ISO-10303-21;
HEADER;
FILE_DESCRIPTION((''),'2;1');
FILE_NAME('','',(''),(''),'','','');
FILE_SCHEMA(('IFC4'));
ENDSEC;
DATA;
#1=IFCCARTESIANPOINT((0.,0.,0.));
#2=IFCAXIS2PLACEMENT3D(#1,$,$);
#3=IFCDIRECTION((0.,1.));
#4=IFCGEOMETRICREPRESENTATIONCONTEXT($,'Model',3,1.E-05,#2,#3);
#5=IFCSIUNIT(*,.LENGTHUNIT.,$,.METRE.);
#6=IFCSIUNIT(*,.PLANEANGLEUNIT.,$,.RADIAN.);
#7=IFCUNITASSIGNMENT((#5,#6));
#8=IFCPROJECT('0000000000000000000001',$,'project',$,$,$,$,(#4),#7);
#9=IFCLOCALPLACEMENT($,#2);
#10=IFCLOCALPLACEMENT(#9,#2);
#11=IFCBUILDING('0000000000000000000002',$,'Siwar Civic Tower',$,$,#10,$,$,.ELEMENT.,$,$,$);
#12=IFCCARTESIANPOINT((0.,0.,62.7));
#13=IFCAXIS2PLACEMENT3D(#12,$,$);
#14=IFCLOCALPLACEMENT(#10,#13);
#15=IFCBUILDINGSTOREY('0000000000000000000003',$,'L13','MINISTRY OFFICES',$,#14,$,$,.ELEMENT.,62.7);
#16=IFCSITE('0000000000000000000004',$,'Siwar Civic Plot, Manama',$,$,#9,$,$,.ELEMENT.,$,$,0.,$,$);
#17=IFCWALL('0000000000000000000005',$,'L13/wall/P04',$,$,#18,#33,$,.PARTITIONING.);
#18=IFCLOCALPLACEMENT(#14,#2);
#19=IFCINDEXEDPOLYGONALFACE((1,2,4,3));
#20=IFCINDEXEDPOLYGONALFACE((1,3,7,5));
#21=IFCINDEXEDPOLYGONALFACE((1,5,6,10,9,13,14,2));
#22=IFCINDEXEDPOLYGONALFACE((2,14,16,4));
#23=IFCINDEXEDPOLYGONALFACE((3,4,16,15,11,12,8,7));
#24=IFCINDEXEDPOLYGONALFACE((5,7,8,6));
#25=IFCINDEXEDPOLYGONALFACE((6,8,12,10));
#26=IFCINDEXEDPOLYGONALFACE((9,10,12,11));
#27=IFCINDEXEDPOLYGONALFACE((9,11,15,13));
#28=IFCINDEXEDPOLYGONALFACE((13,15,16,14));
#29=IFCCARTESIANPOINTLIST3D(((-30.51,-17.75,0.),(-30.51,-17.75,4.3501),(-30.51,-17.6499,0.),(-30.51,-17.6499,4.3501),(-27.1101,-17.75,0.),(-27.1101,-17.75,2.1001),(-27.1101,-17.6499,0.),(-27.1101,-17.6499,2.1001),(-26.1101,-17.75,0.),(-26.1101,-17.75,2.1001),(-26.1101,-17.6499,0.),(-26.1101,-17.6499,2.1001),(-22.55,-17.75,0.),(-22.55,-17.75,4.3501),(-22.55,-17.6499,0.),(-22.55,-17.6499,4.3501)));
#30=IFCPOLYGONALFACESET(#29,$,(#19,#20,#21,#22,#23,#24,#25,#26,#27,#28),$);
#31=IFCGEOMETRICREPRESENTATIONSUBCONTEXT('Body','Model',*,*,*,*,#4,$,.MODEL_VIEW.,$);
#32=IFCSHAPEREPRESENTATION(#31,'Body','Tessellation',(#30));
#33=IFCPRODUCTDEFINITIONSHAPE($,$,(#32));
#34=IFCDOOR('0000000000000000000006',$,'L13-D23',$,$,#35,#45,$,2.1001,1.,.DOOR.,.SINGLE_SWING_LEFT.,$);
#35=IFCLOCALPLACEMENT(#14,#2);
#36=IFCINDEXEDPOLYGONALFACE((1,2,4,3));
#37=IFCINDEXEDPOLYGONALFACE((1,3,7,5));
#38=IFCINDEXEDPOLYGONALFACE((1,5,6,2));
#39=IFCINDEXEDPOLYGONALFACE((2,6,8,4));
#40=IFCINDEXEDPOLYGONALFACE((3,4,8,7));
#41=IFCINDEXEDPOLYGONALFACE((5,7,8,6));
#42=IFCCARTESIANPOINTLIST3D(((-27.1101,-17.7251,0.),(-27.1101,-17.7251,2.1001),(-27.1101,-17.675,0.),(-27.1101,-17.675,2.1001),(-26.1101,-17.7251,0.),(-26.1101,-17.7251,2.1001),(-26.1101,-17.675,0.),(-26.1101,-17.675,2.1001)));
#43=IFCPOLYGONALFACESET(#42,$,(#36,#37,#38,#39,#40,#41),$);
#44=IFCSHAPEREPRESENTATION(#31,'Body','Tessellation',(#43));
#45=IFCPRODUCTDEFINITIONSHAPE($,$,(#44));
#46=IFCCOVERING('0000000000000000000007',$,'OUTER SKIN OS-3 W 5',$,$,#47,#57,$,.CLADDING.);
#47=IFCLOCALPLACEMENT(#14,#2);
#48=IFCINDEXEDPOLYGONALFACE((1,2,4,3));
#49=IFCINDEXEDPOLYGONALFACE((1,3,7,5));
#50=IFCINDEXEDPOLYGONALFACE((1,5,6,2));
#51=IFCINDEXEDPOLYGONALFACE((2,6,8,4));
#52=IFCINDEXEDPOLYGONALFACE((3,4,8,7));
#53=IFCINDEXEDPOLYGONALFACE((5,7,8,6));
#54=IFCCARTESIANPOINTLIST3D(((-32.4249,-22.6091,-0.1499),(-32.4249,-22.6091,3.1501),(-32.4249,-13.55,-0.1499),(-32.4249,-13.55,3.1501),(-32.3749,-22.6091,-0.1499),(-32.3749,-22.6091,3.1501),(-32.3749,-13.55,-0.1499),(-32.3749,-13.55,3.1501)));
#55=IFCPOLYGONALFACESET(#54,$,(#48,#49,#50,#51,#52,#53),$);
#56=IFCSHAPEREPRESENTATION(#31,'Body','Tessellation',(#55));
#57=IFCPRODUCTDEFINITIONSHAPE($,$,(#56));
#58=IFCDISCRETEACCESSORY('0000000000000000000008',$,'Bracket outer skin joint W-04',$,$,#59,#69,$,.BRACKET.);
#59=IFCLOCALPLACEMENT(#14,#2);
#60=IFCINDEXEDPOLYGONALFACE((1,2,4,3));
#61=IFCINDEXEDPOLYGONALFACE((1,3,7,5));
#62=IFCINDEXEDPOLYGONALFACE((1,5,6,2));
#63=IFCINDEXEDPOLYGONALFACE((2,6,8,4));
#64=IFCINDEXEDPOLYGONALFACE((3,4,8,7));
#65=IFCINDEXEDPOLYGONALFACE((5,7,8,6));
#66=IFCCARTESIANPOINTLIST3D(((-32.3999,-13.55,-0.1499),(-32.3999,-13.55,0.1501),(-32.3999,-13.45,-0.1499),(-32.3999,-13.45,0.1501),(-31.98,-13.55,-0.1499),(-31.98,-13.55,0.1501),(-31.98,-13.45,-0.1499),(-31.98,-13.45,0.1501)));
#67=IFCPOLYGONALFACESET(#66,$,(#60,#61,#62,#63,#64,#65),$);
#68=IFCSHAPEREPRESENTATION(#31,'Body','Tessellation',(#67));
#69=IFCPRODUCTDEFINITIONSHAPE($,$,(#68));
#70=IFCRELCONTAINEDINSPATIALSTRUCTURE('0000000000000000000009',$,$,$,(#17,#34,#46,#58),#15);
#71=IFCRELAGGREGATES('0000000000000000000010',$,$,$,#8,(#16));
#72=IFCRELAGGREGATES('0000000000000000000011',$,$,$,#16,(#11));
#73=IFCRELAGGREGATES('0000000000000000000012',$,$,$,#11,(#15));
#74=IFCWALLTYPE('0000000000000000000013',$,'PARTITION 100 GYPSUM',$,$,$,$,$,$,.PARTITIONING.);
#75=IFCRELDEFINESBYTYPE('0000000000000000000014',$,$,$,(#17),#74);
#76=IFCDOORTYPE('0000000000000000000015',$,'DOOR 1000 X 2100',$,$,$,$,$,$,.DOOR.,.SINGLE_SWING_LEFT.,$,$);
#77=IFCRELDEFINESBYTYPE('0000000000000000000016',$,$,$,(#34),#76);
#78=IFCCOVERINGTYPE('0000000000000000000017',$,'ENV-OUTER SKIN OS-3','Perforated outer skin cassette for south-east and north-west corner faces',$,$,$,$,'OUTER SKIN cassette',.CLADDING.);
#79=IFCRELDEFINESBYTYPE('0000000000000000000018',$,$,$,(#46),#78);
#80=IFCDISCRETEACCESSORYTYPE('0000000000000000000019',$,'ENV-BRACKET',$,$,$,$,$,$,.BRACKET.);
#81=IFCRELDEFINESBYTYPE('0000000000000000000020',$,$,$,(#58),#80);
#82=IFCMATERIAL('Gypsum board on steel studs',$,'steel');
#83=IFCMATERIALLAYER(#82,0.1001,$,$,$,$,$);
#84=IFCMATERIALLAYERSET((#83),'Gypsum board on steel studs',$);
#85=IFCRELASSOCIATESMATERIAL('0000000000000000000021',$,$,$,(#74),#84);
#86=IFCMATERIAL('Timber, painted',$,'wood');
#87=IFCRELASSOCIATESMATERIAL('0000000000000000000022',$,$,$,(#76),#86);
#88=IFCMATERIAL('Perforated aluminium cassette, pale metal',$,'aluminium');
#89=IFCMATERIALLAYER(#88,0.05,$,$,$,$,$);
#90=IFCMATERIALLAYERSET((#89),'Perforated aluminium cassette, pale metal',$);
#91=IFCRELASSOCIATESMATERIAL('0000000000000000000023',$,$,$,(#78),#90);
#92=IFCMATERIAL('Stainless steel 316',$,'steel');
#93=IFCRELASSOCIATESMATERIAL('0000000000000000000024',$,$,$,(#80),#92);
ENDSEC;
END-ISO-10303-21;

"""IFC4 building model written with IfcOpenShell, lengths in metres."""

from ifc_helpers import new_model, si_unit, direction, frame, frame_2d, origin, origin_2d, place, context, subcontext, project, spatial, rectangle, extrude, material, layer, layer_set, type_object, element, fill, save


model = new_model("IFC4")

# Units and contexts
model_context = context("Model", 3, precision=1e-05, world=origin(), true_north=direction((0.0, 1.0)))
body_context = subcontext(model_context, "Body", "Model", "MODEL_VIEW")
ifc_project = project(units=[si_unit("LENGTHUNIT", "METRE"), si_unit("PLANEANGLEUNIT", "RADIAN")], contexts=[model_context])

# Site, building, storey
site_placement = place(None, origin())
site = spatial("IfcSite", under=ifc_project, at=site_placement, Name="Siwar Civic Plot, Manama", CompositionType="ELEMENT", RefElevation=0.0)
building_placement = place(site_placement, origin())
building = spatial("IfcBuilding", under=site, at=building_placement, Name="Siwar Civic Tower", CompositionType="ELEMENT")
storey_placement = place(building_placement, frame((0.0, 0.0, 62.7)))
storey = spatial("IfcBuildingStorey", under=building, at=storey_placement, Name="L13", Description="MINISTRY OFFICES", CompositionType="ELEMENT", Elevation=62.7)

# Wall, opening, door
ifc_material_1 = material(Name="Gypsum board on steel studs", Category="steel")
ifc_layer_1 = layer(ifc_material_1, 0.1001)
ifc_layer_set_1 = layer_set([ifc_layer_1], Name="Gypsum board on steel studs")
wall_type_1 = type_object("IfcWallType", Name="PARTITION 100 GYPSUM", PredefinedType="PARTITIONING", material=ifc_layer_set_1)
ifc_material_2 = material(Name="Timber, painted", Category="wood")
door_type_1 = type_object("IfcDoorType", Name="DOOR 1000 X 2100", OperationType="SINGLE_SWING_LEFT", PredefinedType="DOOR", material=ifc_material_2)
wall_1_placement = place(storey_placement, frame((-30.51, -17.7, 0.0), z_axis=(0.0, 0.0, 1.0), x_axis=(1.0, 0.0, 0.0)))
wall_1 = element("IfcWall", 1, at=wall_1_placement, inside=storey, type_object=wall_type_1, Name="L13/wall/P04", PredefinedType="PARTITIONING", context=body_context, shape_type="SweptSolid", body=[
    extrude(rectangle(XDim=7.96, YDim=0.1001, at=frame_2d((3.98, 0.0))), origin(), (0.0, 0.0, 1.0), 4.3501),
])
opening_1_placement = place(wall_1_placement, frame((3.3999, 0.0, 0.0)))
opening_1 = element("IfcOpeningElement", 2, at=opening_1_placement, cuts=wall_1, PredefinedType="OPENING", context=body_context, shape_type="SweptSolid", body=[
    extrude(rectangle(XDim=1.0, YDim=2.1001, at=frame_2d((0.5, 1.05))), frame((0.0, 0.0601, 0.0), z_axis=(0.0, -1.0, 0.0), x_axis=(1.0, 0.0, 0.0)), (0.0, 0.0, 1.0), 0.1201),
])
door_1_placement = place(opening_1_placement, origin())
door_1 = element("IfcDoor", 3, at=door_1_placement, inside=storey, type_object=door_type_1, Name="L13-D23", OperationType="SINGLE_SWING_LEFT", OverallHeight=2.1001, OverallWidth=1.0, PredefinedType="DOOR", context=body_context, shape_type="SweptSolid", body=[
    extrude(rectangle(XDim=1.0, YDim=2.1001, at=frame_2d((0.5, 1.05))), frame((0.0, 0.0249, 0.0), z_axis=(0.0, -1.0, 0.0), x_axis=(1.0, 0.0, 0.0)), (0.0, 0.0, 1.0), 0.05),
])
fill(opening_1, door_1)

# Covering
ifc_material_3 = material(Name="Perforated aluminium cassette, pale metal", Category="aluminium")
ifc_layer_2 = layer(ifc_material_3, 0.05)
ifc_layer_set_2 = layer_set([ifc_layer_2], Name="Perforated aluminium cassette, pale metal")
covering_type = type_object("IfcCoveringType", Name="ENV-OUTER SKIN OS-3", Description="Perforated outer skin cassette for south-east and north-west corner faces", ElementType="OUTER SKIN cassette", PredefinedType="CLADDING", material=ifc_layer_set_2)
covering_placement = place(storey_placement, frame((-32.3999, -18.0796, -0.1499), z_axis=(0.0, 0.0, 1.0), x_axis=(0.0, -1.0, 0.0)))
element("IfcCovering", 4, at=covering_placement, inside=storey, type_object=covering_type, Name="OUTER SKIN OS-3 W 5", PredefinedType="CLADDING", context=body_context, shape_type="SweptSolid", body=[
    extrude(rectangle(XDim=9.0591, YDim=0.05, at=origin_2d()), origin(), (0.0, 0.0, 1.0), 3.3),
])

# Discrete accessory
ifc_material_4 = material(Name="Stainless steel 316", Category="steel")
discrete_accessory_type = type_object("IfcDiscreteAccessoryType", Name="ENV-BRACKET", PredefinedType="BRACKET", material=ifc_material_4)
discrete_accessory_placement = place(storey_placement, frame((-32.1899, -13.5, -0.1499), z_axis=(0.0, 0.0, 1.0), x_axis=(-1.0, 0.0, 0.0)))
element("IfcDiscreteAccessory", 5, at=discrete_accessory_placement, inside=storey, type_object=discrete_accessory_type, Name="Bracket outer skin joint W-04", PredefinedType="BRACKET", context=body_context, shape_type="SweptSolid", body=[
    extrude(rectangle(XDim=0.4199, YDim=0.1001, at=origin_2d()), origin(), (0.0, 0.0, 1.0), 0.3),
])

save(model, "model.ifc")
